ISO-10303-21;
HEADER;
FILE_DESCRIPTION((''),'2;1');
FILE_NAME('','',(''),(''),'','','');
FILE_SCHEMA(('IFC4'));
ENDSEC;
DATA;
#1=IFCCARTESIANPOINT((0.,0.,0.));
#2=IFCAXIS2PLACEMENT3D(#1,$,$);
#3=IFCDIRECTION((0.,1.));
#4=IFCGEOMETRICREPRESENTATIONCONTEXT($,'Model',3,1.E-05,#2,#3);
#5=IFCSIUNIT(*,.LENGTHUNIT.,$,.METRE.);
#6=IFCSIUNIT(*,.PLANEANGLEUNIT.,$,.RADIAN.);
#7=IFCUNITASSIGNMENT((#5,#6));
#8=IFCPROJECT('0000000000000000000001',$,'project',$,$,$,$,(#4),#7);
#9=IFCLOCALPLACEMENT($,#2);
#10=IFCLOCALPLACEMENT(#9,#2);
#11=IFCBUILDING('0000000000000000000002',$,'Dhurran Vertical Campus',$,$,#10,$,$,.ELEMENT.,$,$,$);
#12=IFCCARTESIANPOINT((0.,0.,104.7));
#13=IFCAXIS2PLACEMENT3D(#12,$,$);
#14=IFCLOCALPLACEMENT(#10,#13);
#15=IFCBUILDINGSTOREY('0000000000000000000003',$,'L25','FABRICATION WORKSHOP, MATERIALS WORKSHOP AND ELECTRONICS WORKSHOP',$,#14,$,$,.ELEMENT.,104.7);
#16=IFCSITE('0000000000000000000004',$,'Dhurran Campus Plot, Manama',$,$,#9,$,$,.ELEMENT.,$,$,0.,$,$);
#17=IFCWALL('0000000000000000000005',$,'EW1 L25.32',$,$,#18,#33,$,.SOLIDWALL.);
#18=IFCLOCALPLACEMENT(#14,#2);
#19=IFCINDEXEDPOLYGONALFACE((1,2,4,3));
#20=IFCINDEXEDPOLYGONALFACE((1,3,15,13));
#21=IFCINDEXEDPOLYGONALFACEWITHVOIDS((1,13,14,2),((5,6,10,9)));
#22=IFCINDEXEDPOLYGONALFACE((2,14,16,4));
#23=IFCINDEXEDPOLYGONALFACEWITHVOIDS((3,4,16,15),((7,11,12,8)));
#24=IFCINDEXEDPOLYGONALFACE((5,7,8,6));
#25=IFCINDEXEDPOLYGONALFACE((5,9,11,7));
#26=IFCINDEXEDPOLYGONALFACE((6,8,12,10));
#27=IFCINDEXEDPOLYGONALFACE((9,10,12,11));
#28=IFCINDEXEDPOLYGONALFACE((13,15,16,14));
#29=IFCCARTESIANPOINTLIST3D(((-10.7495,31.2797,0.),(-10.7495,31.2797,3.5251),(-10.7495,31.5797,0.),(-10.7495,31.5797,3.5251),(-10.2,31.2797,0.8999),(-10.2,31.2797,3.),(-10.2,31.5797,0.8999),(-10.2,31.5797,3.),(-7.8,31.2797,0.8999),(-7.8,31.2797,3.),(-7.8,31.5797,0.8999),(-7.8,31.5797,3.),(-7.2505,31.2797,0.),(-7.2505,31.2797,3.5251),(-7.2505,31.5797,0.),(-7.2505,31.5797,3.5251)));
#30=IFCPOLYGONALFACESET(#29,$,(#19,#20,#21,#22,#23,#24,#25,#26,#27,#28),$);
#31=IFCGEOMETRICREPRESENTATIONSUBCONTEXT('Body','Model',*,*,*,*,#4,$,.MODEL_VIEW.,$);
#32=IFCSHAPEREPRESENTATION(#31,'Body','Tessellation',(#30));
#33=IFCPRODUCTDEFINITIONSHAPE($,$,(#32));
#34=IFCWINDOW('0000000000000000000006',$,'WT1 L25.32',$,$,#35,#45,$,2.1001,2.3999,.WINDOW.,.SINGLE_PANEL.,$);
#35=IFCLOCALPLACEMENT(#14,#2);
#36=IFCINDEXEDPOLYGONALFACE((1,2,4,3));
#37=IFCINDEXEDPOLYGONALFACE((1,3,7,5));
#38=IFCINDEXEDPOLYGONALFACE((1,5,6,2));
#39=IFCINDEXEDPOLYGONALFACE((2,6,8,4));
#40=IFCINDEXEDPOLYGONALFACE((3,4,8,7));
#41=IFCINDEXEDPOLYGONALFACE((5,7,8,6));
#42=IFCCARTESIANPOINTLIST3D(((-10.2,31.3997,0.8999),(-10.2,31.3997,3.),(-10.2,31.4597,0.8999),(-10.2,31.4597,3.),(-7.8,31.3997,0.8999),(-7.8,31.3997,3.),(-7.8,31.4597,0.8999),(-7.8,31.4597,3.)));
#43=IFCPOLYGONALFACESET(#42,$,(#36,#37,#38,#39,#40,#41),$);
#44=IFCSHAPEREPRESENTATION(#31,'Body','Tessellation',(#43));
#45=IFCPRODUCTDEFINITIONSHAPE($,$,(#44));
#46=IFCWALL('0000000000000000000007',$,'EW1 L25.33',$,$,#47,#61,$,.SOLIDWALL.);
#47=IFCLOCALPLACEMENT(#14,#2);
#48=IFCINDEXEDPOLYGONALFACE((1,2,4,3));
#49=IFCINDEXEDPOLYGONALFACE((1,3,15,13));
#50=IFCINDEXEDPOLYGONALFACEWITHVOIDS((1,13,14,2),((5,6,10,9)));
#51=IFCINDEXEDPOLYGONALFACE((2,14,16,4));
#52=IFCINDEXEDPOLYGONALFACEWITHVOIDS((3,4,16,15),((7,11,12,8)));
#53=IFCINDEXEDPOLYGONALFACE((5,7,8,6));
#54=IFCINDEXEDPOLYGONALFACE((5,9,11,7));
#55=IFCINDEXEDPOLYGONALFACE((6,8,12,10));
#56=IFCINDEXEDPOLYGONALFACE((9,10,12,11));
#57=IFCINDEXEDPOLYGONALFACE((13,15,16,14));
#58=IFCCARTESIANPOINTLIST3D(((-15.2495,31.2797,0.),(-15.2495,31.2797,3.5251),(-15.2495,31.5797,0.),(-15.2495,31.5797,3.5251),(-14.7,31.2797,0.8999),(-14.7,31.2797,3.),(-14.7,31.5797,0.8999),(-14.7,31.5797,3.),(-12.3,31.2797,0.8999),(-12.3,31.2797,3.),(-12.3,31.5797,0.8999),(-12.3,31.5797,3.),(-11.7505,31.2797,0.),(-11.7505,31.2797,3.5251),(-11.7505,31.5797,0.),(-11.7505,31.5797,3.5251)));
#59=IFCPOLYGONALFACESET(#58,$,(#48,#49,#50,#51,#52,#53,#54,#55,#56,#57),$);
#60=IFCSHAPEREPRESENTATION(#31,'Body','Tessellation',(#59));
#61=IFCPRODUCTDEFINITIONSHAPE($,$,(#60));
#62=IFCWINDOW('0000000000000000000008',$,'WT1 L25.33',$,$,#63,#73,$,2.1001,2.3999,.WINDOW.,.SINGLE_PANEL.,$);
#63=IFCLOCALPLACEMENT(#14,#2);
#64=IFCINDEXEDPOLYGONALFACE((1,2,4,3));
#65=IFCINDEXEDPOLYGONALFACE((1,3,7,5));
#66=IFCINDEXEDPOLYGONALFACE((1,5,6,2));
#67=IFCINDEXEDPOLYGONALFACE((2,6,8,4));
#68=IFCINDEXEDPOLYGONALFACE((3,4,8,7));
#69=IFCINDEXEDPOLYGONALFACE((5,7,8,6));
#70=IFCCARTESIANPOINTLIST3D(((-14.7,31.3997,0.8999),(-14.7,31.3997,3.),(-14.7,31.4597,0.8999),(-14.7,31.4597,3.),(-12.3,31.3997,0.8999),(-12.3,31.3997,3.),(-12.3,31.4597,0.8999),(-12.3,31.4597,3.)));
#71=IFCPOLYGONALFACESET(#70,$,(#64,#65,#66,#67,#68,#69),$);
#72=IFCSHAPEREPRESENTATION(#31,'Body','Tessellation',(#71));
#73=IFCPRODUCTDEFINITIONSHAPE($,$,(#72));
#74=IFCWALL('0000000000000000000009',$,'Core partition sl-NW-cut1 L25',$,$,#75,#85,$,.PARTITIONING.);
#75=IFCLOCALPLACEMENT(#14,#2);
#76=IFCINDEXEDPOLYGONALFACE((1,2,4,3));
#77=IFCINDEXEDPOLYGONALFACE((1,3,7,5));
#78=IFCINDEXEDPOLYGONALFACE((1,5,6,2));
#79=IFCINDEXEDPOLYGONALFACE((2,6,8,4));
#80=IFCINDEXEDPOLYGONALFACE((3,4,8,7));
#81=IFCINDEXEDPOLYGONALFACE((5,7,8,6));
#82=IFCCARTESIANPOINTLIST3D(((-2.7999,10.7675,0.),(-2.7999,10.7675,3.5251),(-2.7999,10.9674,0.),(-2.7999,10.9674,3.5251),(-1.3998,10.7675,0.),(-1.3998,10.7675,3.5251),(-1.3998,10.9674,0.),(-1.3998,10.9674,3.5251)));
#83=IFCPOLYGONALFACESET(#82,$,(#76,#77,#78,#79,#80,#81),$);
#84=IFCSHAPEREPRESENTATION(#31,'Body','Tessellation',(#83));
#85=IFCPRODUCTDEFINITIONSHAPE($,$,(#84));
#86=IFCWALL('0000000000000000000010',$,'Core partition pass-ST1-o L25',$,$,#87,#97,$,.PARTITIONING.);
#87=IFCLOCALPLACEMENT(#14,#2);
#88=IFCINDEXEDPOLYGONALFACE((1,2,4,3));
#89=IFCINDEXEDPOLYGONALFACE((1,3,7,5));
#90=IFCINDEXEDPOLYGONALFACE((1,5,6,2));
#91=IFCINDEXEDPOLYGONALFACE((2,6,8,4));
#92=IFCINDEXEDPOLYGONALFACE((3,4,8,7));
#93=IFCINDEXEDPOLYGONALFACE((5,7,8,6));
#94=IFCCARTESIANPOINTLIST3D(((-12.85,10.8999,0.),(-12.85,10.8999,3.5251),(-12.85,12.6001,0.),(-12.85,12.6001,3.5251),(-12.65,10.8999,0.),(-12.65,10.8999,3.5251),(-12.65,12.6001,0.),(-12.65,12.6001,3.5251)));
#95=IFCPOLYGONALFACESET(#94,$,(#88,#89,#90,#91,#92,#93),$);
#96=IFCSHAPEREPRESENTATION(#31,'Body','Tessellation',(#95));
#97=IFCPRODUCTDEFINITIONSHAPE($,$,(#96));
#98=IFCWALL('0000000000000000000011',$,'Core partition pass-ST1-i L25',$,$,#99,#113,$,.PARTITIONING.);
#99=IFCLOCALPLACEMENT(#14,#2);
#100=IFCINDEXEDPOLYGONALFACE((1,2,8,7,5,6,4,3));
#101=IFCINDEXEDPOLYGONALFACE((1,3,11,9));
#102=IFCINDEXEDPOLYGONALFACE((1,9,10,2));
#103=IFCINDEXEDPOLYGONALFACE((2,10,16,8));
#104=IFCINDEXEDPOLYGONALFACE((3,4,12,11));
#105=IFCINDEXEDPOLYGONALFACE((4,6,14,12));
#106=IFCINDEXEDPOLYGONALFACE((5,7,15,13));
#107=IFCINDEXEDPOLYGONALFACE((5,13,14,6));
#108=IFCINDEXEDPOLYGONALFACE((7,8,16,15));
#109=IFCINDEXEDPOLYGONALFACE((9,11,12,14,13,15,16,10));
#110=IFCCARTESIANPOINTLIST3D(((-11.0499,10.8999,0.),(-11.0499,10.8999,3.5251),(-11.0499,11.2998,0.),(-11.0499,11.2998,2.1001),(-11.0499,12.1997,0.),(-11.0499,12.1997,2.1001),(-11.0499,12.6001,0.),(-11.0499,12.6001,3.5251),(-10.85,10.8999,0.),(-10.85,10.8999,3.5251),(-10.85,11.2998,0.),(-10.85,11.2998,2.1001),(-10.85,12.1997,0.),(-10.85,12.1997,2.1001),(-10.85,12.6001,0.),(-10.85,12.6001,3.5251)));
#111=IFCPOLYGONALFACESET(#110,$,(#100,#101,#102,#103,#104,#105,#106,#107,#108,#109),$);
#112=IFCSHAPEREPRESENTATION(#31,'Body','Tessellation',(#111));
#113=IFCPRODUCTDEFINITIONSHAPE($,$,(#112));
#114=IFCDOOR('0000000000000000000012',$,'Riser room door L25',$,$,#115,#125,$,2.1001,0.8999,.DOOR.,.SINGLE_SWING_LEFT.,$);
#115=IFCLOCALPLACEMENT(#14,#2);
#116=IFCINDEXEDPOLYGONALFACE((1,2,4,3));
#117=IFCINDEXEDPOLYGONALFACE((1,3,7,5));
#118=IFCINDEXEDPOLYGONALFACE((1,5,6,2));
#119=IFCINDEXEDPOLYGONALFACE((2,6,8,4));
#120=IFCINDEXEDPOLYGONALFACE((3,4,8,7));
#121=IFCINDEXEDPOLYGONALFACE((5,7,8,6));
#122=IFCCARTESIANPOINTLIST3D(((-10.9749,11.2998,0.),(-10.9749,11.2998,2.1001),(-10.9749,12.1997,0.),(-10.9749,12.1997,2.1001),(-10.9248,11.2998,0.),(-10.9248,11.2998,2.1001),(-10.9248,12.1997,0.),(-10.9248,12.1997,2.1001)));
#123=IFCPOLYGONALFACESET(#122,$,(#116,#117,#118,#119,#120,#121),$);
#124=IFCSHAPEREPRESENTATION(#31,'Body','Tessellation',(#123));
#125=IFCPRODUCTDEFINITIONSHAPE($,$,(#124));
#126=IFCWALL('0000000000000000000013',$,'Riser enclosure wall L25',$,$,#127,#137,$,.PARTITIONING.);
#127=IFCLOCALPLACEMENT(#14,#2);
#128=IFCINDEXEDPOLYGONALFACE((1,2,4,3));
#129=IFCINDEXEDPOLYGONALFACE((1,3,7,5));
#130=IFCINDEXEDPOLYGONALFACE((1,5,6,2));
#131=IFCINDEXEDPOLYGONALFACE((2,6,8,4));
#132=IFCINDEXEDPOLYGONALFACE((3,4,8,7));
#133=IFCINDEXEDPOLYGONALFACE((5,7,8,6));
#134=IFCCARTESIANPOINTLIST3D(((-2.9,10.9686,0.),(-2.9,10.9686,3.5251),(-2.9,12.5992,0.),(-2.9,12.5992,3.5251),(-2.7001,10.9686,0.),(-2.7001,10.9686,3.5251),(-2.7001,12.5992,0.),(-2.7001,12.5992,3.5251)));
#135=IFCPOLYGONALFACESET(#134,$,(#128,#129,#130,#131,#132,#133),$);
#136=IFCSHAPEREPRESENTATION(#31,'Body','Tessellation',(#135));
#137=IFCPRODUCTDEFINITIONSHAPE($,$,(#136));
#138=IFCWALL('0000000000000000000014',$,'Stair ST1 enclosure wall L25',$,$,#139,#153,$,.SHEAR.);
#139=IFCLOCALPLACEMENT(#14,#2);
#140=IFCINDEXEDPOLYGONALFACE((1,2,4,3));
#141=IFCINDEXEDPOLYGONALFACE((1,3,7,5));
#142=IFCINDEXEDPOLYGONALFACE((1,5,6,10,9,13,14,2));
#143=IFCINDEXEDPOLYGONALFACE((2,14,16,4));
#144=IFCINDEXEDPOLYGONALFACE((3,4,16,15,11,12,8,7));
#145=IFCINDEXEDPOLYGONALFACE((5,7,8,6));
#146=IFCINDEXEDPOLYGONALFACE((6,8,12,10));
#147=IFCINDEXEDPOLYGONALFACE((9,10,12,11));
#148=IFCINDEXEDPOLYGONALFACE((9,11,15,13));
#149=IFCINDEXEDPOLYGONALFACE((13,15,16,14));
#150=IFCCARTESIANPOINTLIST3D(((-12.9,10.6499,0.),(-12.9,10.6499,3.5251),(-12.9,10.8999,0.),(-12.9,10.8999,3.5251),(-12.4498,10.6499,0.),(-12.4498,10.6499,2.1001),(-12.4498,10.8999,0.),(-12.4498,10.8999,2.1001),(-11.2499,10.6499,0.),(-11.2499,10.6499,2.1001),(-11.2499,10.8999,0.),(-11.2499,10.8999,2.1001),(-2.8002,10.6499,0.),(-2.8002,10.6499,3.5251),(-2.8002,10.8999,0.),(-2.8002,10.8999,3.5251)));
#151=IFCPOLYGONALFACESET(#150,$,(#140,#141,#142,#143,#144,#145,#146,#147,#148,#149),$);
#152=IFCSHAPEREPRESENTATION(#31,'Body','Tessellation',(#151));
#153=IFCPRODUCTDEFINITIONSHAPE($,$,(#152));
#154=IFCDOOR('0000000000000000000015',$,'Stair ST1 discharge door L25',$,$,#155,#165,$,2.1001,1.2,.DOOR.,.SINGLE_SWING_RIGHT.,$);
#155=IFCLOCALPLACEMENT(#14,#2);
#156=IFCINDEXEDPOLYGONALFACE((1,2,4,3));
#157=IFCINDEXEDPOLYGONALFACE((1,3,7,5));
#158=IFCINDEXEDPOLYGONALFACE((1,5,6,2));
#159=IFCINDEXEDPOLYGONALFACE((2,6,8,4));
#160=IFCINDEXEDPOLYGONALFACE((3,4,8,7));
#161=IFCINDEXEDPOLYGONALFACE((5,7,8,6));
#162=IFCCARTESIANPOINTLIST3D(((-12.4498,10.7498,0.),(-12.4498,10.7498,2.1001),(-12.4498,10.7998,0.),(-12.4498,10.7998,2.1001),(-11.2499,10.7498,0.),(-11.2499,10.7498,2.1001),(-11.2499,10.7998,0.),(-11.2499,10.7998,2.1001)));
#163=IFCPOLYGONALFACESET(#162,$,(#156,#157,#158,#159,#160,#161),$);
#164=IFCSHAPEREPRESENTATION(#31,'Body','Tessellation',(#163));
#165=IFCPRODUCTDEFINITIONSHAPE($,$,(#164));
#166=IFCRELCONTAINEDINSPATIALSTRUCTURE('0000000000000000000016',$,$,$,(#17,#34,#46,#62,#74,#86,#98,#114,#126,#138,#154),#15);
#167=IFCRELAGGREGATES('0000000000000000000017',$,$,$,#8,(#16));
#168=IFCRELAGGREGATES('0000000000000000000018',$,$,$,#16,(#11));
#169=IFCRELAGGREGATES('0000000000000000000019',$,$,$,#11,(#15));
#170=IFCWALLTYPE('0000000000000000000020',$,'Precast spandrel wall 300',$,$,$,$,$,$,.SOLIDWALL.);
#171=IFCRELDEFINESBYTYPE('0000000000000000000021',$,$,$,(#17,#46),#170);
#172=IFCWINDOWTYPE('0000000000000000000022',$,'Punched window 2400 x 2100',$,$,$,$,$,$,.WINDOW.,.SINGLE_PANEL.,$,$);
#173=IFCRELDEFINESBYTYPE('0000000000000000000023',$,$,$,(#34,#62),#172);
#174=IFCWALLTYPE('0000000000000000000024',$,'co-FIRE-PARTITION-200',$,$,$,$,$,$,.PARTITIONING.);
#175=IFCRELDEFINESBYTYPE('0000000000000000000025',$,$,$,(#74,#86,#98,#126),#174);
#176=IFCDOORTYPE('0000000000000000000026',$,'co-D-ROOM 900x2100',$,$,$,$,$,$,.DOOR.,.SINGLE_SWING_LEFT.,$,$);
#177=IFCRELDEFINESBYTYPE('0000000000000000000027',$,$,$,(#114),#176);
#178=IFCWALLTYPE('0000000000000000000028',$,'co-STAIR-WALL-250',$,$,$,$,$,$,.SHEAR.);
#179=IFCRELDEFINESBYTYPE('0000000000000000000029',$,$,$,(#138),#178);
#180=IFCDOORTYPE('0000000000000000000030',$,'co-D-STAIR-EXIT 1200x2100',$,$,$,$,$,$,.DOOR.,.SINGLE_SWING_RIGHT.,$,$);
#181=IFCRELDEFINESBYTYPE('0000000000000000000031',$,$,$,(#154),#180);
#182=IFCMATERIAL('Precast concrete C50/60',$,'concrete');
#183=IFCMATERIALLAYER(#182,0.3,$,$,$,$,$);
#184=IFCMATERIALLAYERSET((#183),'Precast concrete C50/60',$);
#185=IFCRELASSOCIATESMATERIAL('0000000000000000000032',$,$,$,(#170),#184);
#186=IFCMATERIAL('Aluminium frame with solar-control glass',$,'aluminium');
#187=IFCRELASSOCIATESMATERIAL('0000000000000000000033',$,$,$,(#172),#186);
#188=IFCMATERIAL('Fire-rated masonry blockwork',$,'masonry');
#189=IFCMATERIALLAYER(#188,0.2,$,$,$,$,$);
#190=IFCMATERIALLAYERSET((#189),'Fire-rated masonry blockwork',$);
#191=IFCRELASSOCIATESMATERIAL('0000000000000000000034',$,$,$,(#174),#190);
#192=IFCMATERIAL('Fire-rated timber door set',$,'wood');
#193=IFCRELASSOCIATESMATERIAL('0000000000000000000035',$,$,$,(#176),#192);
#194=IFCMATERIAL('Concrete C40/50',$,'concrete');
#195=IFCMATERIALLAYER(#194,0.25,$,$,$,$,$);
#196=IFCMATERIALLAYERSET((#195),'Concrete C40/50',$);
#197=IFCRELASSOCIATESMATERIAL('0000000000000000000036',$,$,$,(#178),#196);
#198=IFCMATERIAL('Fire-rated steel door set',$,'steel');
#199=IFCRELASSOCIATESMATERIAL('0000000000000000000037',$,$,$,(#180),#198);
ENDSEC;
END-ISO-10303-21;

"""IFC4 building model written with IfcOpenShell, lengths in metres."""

from ifc_helpers import new_model, si_unit, direction, frame, frame_2d, origin, place, context, subcontext, project, spatial, rectangle, extrude, material, layer, layer_set, type_object, element, fill, save


model = new_model("IFC4")

# Units and contexts
model_context = context("Model", 3, precision=1e-05, world=origin(), true_north=direction((0.0, 1.0)))
body_context = subcontext(model_context, "Body", "Model", "MODEL_VIEW")
ifc_project = project(units=[si_unit("LENGTHUNIT", "METRE"), si_unit("PLANEANGLEUNIT", "RADIAN")], contexts=[model_context])

# Site, building, storey
site_placement = place(None, origin())
site = spatial("IfcSite", under=ifc_project, at=site_placement, Name="Dhurran Campus Plot, Manama", CompositionType="ELEMENT", RefElevation=0.0)
building_placement = place(site_placement, origin())
building = spatial("IfcBuilding", under=site, at=building_placement, Name="Dhurran Vertical Campus", CompositionType="ELEMENT")
storey_placement = place(building_placement, frame((0.0, 0.0, 104.7)))
storey = spatial("IfcBuildingStorey", under=building, at=storey_placement, Name="L25", Description="FABRICATION WORKSHOP, MATERIALS WORKSHOP AND ELECTRONICS WORKSHOP", CompositionType="ELEMENT", Elevation=104.7)

# Walls, openings, windows
ifc_material_1 = material(Name="Precast concrete C50/60", Category="concrete")
ifc_layer_1 = layer(ifc_material_1, 0.3)
ifc_layer_set_1 = layer_set([ifc_layer_1], Name="Precast concrete C50/60")
wall_type_1 = type_object("IfcWallType", Name="Precast spandrel wall 300", PredefinedType="SOLIDWALL", material=ifc_layer_set_1)
ifc_material_2 = material(Name="Aluminium frame with solar-control glass", Category="aluminium")
window_type = type_object("IfcWindowType", Name="Punched window 2400 x 2100", PartitioningType="SINGLE_PANEL", PredefinedType="WINDOW", material=ifc_material_2)
wall_1_placement = place(storey_placement, frame((-7.2505, 31.4297, 0.0), z_axis=(0.0, 0.0, 1.0), x_axis=(-1.0, 0.0, 0.0)))
wall_1 = element("IfcWall", 1, at=wall_1_placement, inside=storey, type_object=wall_type_1, Name="EW1 L25.32", PredefinedType="SOLIDWALL", context=body_context, shape_type="SweptSolid", body=[
    extrude(rectangle(XDim=3.499, YDim=0.3, at=frame_2d((1.7495, 0.0))), origin(), (0.0, 0.0, 1.0), 3.5251),
])
opening_1_placement = place(wall_1_placement, frame((0.5496, 0.0, 0.8999)))
opening_1 = element("IfcOpeningElement", 2, at=opening_1_placement, cuts=wall_1, PredefinedType="OPENING", context=body_context, shape_type="SweptSolid", body=[
    extrude(rectangle(XDim=2.3999, YDim=2.1001, at=frame_2d((1.2, 1.05))), frame((0.0, 0.1599, 0.0), z_axis=(0.0, -1.0, 0.0), x_axis=(1.0, 0.0, 0.0)), (0.0, 0.0, 1.0), 0.3201),
])
window_1_placement = place(opening_1_placement, origin())
window_1 = element("IfcWindow", 3, at=window_1_placement, inside=storey, type_object=window_type, Name="WT1 L25.32", OverallHeight=2.1001, OverallWidth=2.3999, PartitioningType="SINGLE_PANEL", PredefinedType="WINDOW", context=body_context, shape_type="SweptSolid", body=[
    extrude(rectangle(XDim=2.3999, YDim=2.1001, at=frame_2d((1.2, 1.05))), frame((0.0, 0.03, 0.0), z_axis=(0.0, -1.0, 0.0), x_axis=(1.0, 0.0, 0.0)), (0.0, 0.0, 1.0), 0.0601),
])
fill(opening_1, window_1)
wall_2_placement = place(storey_placement, frame((-11.7505, 31.4297, 0.0), z_axis=(0.0, 0.0, 1.0), x_axis=(-1.0, 0.0, 0.0)))
wall_2 = element("IfcWall", 4, at=wall_2_placement, inside=storey, type_object=wall_type_1, Name="EW1 L25.33", PredefinedType="SOLIDWALL", context=body_context, shape_type="SweptSolid", body=[
    extrude(rectangle(XDim=3.499, YDim=0.3, at=frame_2d((1.7495, 0.0))), origin(), (0.0, 0.0, 1.0), 3.5251),
])
opening_2_placement = place(wall_2_placement, frame((0.5496, 0.0, 0.8999)))
opening_2 = element("IfcOpeningElement", 5, at=opening_2_placement, cuts=wall_2, PredefinedType="OPENING", context=body_context, shape_type="SweptSolid", body=[
    extrude(rectangle(XDim=2.3999, YDim=2.1001, at=frame_2d((1.2, 1.05))), frame((0.0, 0.1599, 0.0), z_axis=(0.0, -1.0, 0.0), x_axis=(1.0, 0.0, 0.0)), (0.0, 0.0, 1.0), 0.3201),
])
window_2_placement = place(opening_2_placement, origin())
window_2 = element("IfcWindow", 6, at=window_2_placement, inside=storey, type_object=window_type, Name="WT1 L25.33", OverallHeight=2.1001, OverallWidth=2.3999, PartitioningType="SINGLE_PANEL", PredefinedType="WINDOW", context=body_context, shape_type="SweptSolid", body=[
    extrude(rectangle(XDim=2.3999, YDim=2.1001, at=frame_2d((1.2, 1.05))), frame((0.0, 0.03, 0.0), z_axis=(0.0, -1.0, 0.0), x_axis=(1.0, 0.0, 0.0)), (0.0, 0.0, 1.0), 0.0601),
])
fill(opening_2, window_2)

# Walls
ifc_material_3 = material(Name="Fire-rated masonry blockwork", Category="masonry")
ifc_layer_2 = layer(ifc_material_3, 0.2)
ifc_layer_set_2 = layer_set([ifc_layer_2], Name="Fire-rated masonry blockwork")
wall_type_2 = type_object("IfcWallType", Name="co-FIRE-PARTITION-200", PredefinedType="PARTITIONING", material=ifc_layer_set_2)
wall_3_placement = place(storey_placement, frame((-2.8, 10.8674, 0.0), z_axis=(0.0, 0.0, 1.0), x_axis=(1.0, 0.0, 0.0)))
element("IfcWall", 7, at=wall_3_placement, inside=storey, type_object=wall_type_2, Name="Core partition sl-NW-cut1 L25", PredefinedType="PARTITIONING", context=body_context, shape_type="SweptSolid", body=[
    extrude(rectangle(XDim=1.4001, YDim=0.2, at=frame_2d((0.7002, 0.0))), origin(), (0.0, 0.0, 1.0), 3.5251),
])
wall_4_placement = place(storey_placement, frame((-12.75, 10.8999, 0.0), z_axis=(0.0, 0.0, 1.0), x_axis=(0.0, 1.0, 0.0)))
element("IfcWall", 8, at=wall_4_placement, inside=storey, type_object=wall_type_2, Name="Core partition pass-ST1-o L25", PredefinedType="PARTITIONING", context=body_context, shape_type="SweptSolid", body=[
    extrude(rectangle(XDim=1.7002, YDim=0.2, at=frame_2d((0.8501, 0.0))), origin(), (0.0, 0.0, 1.0), 3.5251),
])

# Wall, opening, door
wall_5_placement = place(storey_placement, frame((-10.95, 10.8999, 0.0), z_axis=(0.0, 0.0, 1.0), x_axis=(0.0, 1.0, 0.0)))
wall_5 = element("IfcWall", 9, at=wall_5_placement, inside=storey, type_object=wall_type_2, Name="Core partition pass-ST1-i L25", PredefinedType="PARTITIONING", context=body_context, shape_type="SweptSolid", body=[
    extrude(rectangle(XDim=1.7002, YDim=0.2, at=frame_2d((0.8501, 0.0))), origin(), (0.0, 0.0, 1.0), 3.5251),
])
opening_3_placement = place(wall_5_placement, frame((0.3999, 0.0, 0.0)))
opening_3 = element("IfcOpeningElement", 10, at=opening_3_placement, cuts=wall_5, PredefinedType="OPENING", context=body_context, shape_type="SweptSolid", body=[
    extrude(rectangle(XDim=0.8999, YDim=2.1001, at=frame_2d((0.45, 1.05))), frame((0.0, 0.1099, 0.0), z_axis=(0.0, -1.0, 0.0), x_axis=(1.0, 0.0, 0.0)), (0.0, 0.0, 1.0), 0.22),
])
ifc_material_4 = material(Name="Fire-rated timber door set", Category="wood")
door_type_1 = type_object("IfcDoorType", Name="co-D-ROOM 900x2100", OperationType="SINGLE_SWING_LEFT", PredefinedType="DOOR", material=ifc_material_4)
door_1_placement = place(opening_3_placement, origin())
door_1 = element("IfcDoor", 11, at=door_1_placement, inside=storey, type_object=door_type_1, Name="Riser room door L25", OperationType="SINGLE_SWING_LEFT", OverallHeight=2.1001, OverallWidth=0.8999, PredefinedType="DOOR", context=body_context, shape_type="SweptSolid", body=[
    extrude(rectangle(XDim=0.8999, YDim=2.1001, at=frame_2d((0.45, 1.05))), frame((0.0, 0.0249, 0.0), z_axis=(0.0, -1.0, 0.0), x_axis=(1.0, 0.0, 0.0)), (0.0, 0.0, 1.0), 0.05),
])
fill(opening_3, door_1)

# Wall
wall_6_placement = place(storey_placement, frame((-2.8, 10.9685, 0.0), z_axis=(0.0, 0.0, 1.0), x_axis=(0.0, 1.0, 0.0)))
element("IfcWall", 12, at=wall_6_placement, inside=storey, type_object=wall_type_2, Name="Riser enclosure wall L25", PredefinedType="PARTITIONING", context=body_context, shape_type="SweptSolid", body=[
    extrude(rectangle(XDim=1.6306, YDim=0.2, at=frame_2d((0.8154, 0.0))), origin(), (0.0, 0.0, 1.0), 3.5251),
])

# Wall, opening, door
ifc_material_5 = material(Name="Concrete C40/50", Category="concrete")
ifc_layer_3 = layer(ifc_material_5, 0.25)
ifc_layer_set_3 = layer_set([ifc_layer_3], Name="Concrete C40/50")
wall_type_3 = type_object("IfcWallType", Name="co-STAIR-WALL-250", PredefinedType="SHEAR", material=ifc_layer_set_3)
wall_7_placement = place(storey_placement, frame((-12.8999, 10.7749, 0.0), z_axis=(0.0, 0.0, 1.0), x_axis=(1.0, 0.0, 0.0)))
wall_7 = element("IfcWall", 13, at=wall_7_placement, inside=storey, type_object=wall_type_3, Name="Stair ST1 enclosure wall L25", PredefinedType="SHEAR", context=body_context, shape_type="SweptSolid", body=[
    extrude(rectangle(XDim=10.0999, YDim=0.25, at=frame_2d((5.0498, 0.0))), origin(), (0.0, 0.0, 1.0), 3.5251),
])
opening_4_placement = place(wall_7_placement, frame((0.45, 0.0, 0.0)))
opening_4 = element("IfcOpeningElement", 14, at=opening_4_placement, cuts=wall_7, PredefinedType="OPENING", context=body_context, shape_type="SweptSolid", body=[
    extrude(rectangle(XDim=1.2, YDim=2.1001, at=frame_2d((0.6001, 1.05))), frame((0.0, 0.135, 0.0), z_axis=(0.0, -1.0, 0.0), x_axis=(1.0, 0.0, 0.0)), (0.0, 0.0, 1.0), 0.27),
])
ifc_material_6 = material(Name="Fire-rated steel door set", Category="steel")
door_type_2 = type_object("IfcDoorType", Name="co-D-STAIR-EXIT 1200x2100", OperationType="SINGLE_SWING_RIGHT", PredefinedType="DOOR", material=ifc_material_6)
door_2_placement = place(opening_4_placement, origin())
door_2 = element("IfcDoor", 15, at=door_2_placement, inside=storey, type_object=door_type_2, Name="Stair ST1 discharge door L25", OperationType="SINGLE_SWING_RIGHT", OverallHeight=2.1001, OverallWidth=1.2, PredefinedType="DOOR", context=body_context, shape_type="SweptSolid", body=[
    extrude(rectangle(XDim=1.2, YDim=2.1001, at=frame_2d((0.6001, 1.05))), frame((0.0, 0.0249, 0.0), z_axis=(0.0, -1.0, 0.0), x_axis=(1.0, 0.0, 0.0)), (0.0, 0.0, 1.0), 0.05),
])
fill(opening_4, door_2)

save(model, "model.ifc")
